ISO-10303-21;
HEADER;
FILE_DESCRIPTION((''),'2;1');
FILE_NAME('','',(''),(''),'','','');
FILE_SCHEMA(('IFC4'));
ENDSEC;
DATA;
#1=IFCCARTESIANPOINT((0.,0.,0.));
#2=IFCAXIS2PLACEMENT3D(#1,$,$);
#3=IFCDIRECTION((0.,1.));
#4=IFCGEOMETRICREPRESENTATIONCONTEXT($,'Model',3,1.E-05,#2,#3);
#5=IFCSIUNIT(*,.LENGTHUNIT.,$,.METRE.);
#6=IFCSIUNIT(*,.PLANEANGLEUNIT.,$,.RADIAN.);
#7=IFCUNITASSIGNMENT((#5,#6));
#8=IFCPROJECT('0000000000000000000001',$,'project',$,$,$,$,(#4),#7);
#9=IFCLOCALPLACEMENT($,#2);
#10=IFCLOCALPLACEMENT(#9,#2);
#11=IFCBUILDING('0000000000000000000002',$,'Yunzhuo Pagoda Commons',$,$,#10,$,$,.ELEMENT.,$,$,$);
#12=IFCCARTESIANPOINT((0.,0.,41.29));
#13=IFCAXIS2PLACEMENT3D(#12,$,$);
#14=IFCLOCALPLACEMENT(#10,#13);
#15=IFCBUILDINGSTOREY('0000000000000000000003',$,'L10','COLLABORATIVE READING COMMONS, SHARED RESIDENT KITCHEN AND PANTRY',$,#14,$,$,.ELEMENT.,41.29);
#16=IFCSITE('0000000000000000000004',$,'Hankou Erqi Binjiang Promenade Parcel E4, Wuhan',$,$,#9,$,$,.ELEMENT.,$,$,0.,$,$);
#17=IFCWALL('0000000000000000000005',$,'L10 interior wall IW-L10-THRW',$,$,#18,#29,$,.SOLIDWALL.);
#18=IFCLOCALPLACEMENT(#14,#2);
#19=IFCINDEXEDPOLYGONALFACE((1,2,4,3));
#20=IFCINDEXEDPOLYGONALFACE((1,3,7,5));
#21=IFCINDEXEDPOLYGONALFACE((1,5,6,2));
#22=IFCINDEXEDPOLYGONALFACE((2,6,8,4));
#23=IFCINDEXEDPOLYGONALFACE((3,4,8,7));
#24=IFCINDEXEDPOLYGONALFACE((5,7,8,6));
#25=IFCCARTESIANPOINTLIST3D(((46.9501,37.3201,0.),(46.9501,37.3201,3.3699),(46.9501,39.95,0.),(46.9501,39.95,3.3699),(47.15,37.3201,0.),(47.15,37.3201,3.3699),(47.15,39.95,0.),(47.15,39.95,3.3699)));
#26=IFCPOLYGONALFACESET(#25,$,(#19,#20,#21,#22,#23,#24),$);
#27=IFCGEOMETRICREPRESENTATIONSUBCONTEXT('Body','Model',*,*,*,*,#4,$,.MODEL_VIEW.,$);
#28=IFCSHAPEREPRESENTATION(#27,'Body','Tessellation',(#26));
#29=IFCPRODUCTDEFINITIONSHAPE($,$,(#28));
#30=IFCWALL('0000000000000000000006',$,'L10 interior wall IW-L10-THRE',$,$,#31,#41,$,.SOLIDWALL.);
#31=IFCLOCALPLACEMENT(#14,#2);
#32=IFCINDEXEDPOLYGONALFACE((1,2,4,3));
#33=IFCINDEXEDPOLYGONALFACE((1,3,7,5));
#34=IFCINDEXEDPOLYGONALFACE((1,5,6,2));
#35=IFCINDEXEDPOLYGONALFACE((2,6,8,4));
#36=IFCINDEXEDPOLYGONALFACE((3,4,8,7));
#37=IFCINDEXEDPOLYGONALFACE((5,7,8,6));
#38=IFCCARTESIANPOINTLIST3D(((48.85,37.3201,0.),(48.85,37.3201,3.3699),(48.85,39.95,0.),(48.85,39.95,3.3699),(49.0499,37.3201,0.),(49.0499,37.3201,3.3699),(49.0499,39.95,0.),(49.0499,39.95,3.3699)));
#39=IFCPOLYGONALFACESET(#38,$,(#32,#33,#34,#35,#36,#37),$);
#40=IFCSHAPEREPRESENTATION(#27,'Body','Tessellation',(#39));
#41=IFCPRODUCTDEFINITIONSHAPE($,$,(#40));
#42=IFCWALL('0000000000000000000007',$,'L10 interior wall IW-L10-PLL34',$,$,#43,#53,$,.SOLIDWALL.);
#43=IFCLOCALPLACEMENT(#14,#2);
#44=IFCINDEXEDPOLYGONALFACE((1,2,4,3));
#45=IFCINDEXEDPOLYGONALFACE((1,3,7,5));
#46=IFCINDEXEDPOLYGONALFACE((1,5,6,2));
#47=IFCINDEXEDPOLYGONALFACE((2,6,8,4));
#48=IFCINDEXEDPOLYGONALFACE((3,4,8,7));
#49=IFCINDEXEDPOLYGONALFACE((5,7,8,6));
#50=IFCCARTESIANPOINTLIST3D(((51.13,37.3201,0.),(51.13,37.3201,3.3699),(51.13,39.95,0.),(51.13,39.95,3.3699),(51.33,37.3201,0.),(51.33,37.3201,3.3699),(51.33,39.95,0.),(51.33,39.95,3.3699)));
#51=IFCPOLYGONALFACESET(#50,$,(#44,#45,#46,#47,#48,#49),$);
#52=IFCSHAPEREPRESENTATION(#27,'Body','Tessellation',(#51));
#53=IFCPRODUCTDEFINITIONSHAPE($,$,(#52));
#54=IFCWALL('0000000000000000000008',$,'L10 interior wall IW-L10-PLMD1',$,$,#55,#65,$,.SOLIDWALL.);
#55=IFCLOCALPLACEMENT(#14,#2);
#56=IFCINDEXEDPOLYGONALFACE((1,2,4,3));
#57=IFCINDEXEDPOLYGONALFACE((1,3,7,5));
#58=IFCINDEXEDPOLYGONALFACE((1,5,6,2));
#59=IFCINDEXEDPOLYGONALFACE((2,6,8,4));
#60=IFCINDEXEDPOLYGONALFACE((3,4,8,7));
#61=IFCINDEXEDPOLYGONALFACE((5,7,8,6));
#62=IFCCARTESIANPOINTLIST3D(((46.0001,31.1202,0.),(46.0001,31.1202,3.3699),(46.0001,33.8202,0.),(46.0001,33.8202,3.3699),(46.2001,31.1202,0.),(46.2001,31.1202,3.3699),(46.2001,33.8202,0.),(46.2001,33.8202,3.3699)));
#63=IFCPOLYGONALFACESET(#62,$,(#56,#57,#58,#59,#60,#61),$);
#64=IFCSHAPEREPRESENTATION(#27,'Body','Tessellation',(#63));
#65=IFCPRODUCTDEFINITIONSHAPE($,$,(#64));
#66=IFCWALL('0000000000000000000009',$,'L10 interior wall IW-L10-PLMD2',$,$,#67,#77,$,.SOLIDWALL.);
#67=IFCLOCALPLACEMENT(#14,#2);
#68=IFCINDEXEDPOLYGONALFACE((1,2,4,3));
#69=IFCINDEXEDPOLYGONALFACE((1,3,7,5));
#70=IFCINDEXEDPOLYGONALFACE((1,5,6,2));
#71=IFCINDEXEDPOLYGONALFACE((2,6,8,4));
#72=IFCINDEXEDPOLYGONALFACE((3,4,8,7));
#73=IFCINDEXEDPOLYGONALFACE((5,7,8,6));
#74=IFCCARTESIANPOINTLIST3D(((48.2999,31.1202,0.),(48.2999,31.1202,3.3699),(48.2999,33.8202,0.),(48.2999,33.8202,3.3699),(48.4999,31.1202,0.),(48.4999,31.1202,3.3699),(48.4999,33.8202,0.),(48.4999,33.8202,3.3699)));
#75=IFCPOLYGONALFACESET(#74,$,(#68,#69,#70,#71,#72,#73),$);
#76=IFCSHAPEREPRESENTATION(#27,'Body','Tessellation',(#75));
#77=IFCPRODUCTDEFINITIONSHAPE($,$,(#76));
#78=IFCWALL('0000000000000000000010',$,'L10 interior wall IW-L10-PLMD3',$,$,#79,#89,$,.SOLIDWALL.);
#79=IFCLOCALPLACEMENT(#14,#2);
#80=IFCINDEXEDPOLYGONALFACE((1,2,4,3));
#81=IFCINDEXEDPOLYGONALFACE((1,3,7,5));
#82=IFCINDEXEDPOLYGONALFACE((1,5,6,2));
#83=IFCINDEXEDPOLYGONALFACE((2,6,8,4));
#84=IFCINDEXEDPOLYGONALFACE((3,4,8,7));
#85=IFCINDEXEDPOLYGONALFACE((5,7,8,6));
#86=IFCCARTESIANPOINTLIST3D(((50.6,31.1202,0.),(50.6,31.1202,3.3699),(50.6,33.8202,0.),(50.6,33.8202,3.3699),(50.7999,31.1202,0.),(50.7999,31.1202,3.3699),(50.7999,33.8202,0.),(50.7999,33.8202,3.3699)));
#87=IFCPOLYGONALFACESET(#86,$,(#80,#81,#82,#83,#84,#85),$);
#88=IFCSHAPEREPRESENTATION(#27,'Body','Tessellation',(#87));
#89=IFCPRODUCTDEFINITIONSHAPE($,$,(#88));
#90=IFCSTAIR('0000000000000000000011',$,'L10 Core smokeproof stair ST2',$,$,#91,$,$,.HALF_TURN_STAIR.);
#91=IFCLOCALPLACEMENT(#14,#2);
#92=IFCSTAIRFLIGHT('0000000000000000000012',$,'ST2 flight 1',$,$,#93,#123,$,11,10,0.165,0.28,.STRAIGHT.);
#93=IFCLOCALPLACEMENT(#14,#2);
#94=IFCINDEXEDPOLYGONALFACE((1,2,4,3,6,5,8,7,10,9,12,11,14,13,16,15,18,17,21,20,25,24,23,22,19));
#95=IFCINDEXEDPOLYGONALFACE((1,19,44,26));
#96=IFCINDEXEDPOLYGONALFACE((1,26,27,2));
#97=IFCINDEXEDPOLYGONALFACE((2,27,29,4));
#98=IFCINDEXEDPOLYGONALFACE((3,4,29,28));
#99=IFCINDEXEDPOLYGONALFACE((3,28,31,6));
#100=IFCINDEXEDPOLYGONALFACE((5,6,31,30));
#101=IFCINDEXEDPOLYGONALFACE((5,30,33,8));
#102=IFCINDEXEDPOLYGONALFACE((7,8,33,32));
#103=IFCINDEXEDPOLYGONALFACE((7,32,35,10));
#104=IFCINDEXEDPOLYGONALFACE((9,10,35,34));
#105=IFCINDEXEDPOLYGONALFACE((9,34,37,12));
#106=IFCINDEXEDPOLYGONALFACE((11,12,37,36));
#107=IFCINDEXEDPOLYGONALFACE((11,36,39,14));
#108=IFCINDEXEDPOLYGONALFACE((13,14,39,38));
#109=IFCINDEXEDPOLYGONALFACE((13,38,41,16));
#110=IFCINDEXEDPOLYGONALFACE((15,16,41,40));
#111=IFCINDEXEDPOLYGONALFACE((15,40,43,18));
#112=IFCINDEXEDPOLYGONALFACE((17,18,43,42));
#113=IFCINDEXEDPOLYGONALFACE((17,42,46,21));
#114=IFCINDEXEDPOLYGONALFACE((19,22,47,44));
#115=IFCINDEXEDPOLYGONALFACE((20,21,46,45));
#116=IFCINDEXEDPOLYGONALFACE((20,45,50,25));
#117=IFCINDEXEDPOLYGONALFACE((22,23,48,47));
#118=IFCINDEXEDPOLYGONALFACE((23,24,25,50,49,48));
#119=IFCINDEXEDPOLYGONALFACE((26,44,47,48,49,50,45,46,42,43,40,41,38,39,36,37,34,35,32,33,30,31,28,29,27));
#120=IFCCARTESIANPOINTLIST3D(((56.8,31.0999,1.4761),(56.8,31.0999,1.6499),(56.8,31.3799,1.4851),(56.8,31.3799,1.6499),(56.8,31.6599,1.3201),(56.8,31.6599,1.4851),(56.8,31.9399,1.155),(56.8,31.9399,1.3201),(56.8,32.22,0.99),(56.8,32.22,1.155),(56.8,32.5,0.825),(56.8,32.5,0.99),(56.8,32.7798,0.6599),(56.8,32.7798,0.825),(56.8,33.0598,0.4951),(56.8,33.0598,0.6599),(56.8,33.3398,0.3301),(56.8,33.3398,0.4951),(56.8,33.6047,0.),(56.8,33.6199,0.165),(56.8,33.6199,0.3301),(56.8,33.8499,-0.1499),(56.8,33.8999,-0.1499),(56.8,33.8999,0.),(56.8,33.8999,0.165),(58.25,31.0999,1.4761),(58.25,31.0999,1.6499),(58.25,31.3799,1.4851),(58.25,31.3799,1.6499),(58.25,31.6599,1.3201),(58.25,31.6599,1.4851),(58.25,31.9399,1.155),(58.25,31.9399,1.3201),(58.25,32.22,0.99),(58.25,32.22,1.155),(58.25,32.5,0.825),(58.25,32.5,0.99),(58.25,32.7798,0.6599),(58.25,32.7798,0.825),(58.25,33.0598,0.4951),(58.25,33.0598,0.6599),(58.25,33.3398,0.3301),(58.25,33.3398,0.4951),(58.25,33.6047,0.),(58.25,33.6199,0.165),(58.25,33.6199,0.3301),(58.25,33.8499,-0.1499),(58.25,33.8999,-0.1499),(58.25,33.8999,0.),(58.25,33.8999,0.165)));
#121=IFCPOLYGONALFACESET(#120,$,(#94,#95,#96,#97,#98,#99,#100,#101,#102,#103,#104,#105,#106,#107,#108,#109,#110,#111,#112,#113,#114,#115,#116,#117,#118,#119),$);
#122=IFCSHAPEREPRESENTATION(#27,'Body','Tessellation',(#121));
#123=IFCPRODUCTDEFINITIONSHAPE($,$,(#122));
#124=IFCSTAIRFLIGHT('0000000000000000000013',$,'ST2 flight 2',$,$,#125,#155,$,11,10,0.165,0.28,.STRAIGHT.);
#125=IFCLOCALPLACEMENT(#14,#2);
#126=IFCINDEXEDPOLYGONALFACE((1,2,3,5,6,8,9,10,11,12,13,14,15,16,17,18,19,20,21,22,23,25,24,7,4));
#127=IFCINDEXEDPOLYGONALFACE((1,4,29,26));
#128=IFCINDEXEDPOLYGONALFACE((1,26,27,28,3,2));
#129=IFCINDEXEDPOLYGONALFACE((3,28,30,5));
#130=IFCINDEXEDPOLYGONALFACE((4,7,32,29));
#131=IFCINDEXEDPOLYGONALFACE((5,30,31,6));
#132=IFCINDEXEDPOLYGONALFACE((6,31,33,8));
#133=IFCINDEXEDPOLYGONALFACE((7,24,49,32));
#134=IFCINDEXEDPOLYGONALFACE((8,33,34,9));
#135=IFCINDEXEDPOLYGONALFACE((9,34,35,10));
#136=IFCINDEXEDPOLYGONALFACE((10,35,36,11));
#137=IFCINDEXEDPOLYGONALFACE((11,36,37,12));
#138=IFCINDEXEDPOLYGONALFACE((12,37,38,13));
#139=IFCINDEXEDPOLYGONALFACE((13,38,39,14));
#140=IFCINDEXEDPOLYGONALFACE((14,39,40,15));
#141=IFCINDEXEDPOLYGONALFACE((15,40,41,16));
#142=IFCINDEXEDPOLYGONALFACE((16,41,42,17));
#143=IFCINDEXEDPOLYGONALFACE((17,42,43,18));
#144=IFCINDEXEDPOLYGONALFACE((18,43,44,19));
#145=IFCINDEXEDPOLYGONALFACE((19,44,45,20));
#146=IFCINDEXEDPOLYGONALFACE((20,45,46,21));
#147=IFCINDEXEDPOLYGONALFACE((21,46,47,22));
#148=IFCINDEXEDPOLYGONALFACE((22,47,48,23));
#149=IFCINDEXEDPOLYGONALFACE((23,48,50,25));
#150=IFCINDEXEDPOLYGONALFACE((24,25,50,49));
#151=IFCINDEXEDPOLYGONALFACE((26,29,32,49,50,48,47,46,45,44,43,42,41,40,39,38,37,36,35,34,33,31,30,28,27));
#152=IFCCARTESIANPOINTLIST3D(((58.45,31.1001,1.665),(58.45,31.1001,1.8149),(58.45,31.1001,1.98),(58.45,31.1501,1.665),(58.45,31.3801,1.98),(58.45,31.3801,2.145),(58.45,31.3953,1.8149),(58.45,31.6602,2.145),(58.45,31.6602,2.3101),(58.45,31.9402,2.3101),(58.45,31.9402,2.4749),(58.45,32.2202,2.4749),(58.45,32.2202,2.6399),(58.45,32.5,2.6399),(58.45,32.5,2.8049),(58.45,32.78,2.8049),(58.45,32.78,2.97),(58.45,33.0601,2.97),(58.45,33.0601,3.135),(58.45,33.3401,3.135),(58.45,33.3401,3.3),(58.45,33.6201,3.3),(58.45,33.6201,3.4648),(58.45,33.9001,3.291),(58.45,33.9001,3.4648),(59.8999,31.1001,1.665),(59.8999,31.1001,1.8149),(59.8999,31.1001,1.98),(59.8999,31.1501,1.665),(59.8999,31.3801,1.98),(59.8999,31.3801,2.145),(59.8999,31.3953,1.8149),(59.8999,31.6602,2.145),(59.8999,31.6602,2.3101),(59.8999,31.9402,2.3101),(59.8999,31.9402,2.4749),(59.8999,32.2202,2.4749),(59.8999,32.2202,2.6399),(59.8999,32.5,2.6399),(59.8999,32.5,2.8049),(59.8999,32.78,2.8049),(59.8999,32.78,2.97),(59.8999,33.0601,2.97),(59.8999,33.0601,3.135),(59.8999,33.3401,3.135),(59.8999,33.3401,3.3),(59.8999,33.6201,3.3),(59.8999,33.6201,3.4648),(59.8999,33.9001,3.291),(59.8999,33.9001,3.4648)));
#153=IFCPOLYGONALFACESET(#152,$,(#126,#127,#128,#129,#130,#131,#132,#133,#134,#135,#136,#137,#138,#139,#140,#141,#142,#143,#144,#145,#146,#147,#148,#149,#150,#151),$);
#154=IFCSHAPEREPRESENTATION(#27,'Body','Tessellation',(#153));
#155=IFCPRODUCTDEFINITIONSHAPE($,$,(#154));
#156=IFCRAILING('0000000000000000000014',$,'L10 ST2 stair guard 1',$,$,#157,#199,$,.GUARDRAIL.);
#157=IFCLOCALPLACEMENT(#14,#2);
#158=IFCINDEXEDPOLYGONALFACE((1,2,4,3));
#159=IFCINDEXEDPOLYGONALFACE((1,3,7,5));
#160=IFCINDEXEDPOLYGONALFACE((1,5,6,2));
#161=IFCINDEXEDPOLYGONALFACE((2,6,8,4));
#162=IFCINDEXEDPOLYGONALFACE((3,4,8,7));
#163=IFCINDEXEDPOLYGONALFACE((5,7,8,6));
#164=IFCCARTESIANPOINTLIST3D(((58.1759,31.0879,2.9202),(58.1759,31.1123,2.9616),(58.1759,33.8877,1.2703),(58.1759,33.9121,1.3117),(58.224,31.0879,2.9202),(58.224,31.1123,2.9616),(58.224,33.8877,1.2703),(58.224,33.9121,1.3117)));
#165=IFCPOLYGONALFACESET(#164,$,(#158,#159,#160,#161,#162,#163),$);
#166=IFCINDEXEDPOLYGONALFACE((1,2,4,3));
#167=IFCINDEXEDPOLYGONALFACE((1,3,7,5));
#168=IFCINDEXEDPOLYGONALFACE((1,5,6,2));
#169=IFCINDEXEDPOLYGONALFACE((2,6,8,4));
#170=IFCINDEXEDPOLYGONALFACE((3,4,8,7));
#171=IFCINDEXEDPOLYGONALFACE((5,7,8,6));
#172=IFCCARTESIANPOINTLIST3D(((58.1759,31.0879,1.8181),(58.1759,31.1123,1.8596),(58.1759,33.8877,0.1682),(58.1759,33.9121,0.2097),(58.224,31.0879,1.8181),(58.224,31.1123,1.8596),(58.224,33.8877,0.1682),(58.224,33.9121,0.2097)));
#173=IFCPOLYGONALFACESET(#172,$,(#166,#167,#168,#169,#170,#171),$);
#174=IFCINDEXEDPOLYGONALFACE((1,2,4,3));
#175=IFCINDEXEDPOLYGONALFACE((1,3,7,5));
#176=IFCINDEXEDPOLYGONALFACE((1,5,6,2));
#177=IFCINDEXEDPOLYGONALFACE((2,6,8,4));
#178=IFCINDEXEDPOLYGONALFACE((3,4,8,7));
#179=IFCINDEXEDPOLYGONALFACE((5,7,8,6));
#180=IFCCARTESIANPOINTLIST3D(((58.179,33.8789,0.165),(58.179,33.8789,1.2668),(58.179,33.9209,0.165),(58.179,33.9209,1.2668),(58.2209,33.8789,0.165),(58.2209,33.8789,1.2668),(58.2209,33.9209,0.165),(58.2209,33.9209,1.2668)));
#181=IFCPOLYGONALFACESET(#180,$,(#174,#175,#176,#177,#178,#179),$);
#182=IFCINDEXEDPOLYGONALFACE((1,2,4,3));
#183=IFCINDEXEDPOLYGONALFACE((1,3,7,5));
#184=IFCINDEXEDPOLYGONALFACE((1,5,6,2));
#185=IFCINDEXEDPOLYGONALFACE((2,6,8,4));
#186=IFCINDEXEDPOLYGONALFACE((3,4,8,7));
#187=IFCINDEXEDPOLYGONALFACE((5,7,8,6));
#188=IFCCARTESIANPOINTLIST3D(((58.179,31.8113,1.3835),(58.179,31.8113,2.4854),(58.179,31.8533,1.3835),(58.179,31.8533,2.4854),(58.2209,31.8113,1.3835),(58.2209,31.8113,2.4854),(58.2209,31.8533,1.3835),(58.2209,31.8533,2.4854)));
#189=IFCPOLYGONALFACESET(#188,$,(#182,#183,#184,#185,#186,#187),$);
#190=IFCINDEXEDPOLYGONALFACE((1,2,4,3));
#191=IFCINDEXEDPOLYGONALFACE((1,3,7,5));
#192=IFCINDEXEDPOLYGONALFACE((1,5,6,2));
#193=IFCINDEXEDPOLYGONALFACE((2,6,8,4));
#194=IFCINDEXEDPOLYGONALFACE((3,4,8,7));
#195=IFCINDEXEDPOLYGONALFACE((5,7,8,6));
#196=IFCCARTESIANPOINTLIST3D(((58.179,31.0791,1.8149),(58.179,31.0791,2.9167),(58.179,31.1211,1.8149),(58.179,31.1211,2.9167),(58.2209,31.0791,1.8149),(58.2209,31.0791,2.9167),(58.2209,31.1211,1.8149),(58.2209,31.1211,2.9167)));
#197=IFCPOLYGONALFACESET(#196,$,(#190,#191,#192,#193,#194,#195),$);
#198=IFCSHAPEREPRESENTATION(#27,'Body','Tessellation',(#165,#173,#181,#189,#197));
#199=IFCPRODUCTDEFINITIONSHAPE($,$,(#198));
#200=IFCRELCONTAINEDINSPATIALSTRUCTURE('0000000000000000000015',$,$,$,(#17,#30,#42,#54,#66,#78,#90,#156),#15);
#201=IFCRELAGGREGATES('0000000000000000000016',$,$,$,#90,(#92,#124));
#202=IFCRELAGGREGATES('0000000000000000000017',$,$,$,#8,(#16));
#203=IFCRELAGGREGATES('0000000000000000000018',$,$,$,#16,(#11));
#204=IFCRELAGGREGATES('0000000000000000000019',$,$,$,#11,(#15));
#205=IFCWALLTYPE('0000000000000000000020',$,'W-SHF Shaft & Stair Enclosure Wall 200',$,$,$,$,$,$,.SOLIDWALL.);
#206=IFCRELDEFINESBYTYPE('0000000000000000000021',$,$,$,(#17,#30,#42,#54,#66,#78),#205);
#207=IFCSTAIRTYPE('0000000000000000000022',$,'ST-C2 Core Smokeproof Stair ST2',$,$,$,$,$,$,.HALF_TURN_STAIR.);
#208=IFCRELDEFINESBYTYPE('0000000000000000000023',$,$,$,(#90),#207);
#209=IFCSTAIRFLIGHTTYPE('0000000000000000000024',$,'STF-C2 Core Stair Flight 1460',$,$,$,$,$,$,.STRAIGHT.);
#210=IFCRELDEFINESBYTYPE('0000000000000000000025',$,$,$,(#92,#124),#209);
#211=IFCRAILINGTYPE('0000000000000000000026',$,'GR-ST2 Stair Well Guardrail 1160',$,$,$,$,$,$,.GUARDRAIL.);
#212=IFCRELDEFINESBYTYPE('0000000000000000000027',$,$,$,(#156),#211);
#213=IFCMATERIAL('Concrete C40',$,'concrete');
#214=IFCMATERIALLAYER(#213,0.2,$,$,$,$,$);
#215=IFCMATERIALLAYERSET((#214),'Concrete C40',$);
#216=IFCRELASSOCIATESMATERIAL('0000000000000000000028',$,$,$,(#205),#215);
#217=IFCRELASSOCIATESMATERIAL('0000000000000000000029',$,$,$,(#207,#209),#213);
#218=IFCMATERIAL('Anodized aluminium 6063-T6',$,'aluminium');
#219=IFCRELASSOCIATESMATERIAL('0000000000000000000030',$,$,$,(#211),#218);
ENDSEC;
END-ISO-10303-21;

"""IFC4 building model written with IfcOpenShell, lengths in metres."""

from ifc_helpers import new_model, si_unit, direction, frame, frame_2d, origin, origin_2d, place, context, subcontext, project, spatial, polyline, rectangle, outline, extrude, source, transform, mapped, material, layer, layer_set, type_object, element, aggregate, save


model = new_model("IFC4")

# Units and contexts
model_context = context("Model", 3, precision=1e-05, world=origin(), true_north=direction((0.0, 1.0)))
body_context = subcontext(model_context, "Body", "Model", "MODEL_VIEW")
ifc_project = project(units=[si_unit("LENGTHUNIT", "METRE"), si_unit("PLANEANGLEUNIT", "RADIAN")], contexts=[model_context])

# Site, building, storey
site_placement = place(None, origin())
site = spatial("IfcSite", under=ifc_project, at=site_placement, Name="Hankou Erqi Binjiang Promenade Parcel E4, Wuhan", CompositionType="ELEMENT", RefElevation=0.0)
building_placement = place(site_placement, origin())
building = spatial("IfcBuilding", under=site, at=building_placement, Name="Yunzhuo Pagoda Commons", CompositionType="ELEMENT")
storey_placement = place(building_placement, frame((0.0, 0.0, 41.29)))
storey = spatial("IfcBuildingStorey", under=building, at=storey_placement, Name="L10", Description="COLLABORATIVE READING COMMONS, SHARED RESIDENT KITCHEN AND PANTRY", CompositionType="ELEMENT", Elevation=41.29)

# Shared definitions
ifc_material_1 = material(Name="Concrete C40", Category="concrete")
ifc_layer_1 = layer(ifc_material_1, 0.2)
ifc_layer_set_1 = layer_set([ifc_layer_1], Name="Concrete C40")
wall_type_1 = type_object("IfcWallType", Name="W-SHF Shaft & Stair Enclosure Wall 200", PredefinedType="SOLIDWALL", material=ifc_layer_set_1)

# Walls
for number, where, z_axis, x_axis, name in (
    (1, (47.05, 37.3201, 0.0), (0.0, 0.0, 1.0), (0.0, 1.0, 0.0), "L10 interior wall IW-L10-THRW"),
    (2, (48.95, 37.3201, 0.0), (0.0, 0.0, 1.0), (0.0, 1.0, 0.0), "L10 interior wall IW-L10-THRE"),
    (3, (51.23, 37.3201, 0.0), (0.0, 0.0, 1.0), (0.0, 1.0, 0.0), "L10 interior wall IW-L10-PLL34"),
):
    element("IfcWall", number, at=place(storey_placement, frame(where, z_axis=z_axis, x_axis=x_axis)), inside=storey, type_object=wall_type_1, Name=name, PredefinedType="SOLIDWALL", context=body_context, shape_type="SweptSolid", body=[
        extrude(rectangle(XDim=2.6299, YDim=0.2, at=frame_2d((1.3149, 0.0))), origin(), (0.0, 0.0, 1.0), 3.3699),
    ])
for number, where, z_axis, x_axis, name in (
    (4, (46.1001, 31.1201, 0.0), (0.0, 0.0, 1.0), (0.0, 1.0, 0.0), "L10 interior wall IW-L10-PLMD1"),
    (5, (48.3999, 31.1201, 0.0), (0.0, 0.0, 1.0), (0.0, 1.0, 0.0), "L10 interior wall IW-L10-PLMD2"),
    (6, (50.7, 31.1201, 0.0), (0.0, 0.0, 1.0), (0.0, 1.0, 0.0), "L10 interior wall IW-L10-PLMD3"),
):
    element("IfcWall", number, at=place(storey_placement, frame(where, z_axis=z_axis, x_axis=x_axis)), inside=storey, type_object=wall_type_1, Name=name, PredefinedType="SOLIDWALL", context=body_context, shape_type="SweptSolid", body=[
        extrude(rectangle(XDim=2.7, YDim=0.2, at=frame_2d((1.3501, 0.0))), origin(), (0.0, 0.0, 1.0), 3.3699),
    ])

# Stair, stair flights
stair_type = type_object("IfcStairType", Name="ST-C2 Core Smokeproof Stair ST2", PredefinedType="HALF_TURN_STAIR", material=ifc_material_1)
stair_placement = place(storey_placement, origin())
stair = element("IfcStair", 7, at=stair_placement, inside=storey, type_object=stair_type, Name="L10 Core smokeproof stair ST2", PredefinedType="HALF_TURN_STAIR")
stair_flight_type = type_object("IfcStairFlightType", Name="STF-C2 Core Stair Flight 1460", PredefinedType="STRAIGHT", material=ifc_material_1)
shared_shape_1 = source(origin(), body_context, "Body", "SweptSolid", [
    extrude(outline(polyline([(0.0, -0.1499), (0.0, 0.0), (0.0, 0.165), (0.28, 0.165), (0.28, 0.3301), (0.5601, 0.3301), (0.5601, 0.4951), (0.8401, 0.4951), (0.8401, 0.6599), (1.1201, 0.6599), (1.1201, 0.825), (1.3999, 0.825), (1.3999, 0.99), (1.6799, 0.99), (1.6799, 1.155), (1.96, 1.155), (1.96, 1.3201), (2.24, 1.3201), (2.24, 1.4851), (2.52, 1.4851), (2.52, 1.6499), (2.8, 1.6499), (2.8, 1.8149), (2.8, 1.4761), (0.2952, 0.0), (0.05, -0.1499), (0.0, -0.1499)])), frame((0.0, 0.7251, 0.0), z_axis=(0.0, -1.0, 0.0), x_axis=(1.0, 0.0, 0.0)), (0.0, 0.0, 1.0), 1.45),
])
stair_flight_1_placement = place(storey_placement, frame((57.5249, 33.8999, 0.0), z_axis=(0.0, 0.0, 1.0), x_axis=(0.0, -1.0, 0.0)))
stair_flight_1 = element("IfcStairFlight", 8, at=stair_flight_1_placement, type_object=stair_flight_type, Name="ST2 flight 1", NumberOfRisers=11, NumberOfTreads=10, PredefinedType="STRAIGHT", RiserHeight=0.165, TreadLength=0.28, context=body_context, shape_type="MappedRepresentation", body=[
    mapped(shared_shape_1, transform((0.0, 0.0, 0.0), scale=1.0)),
])
stair_flight_2_placement = place(storey_placement, frame((59.175, 31.1001, 1.8149), z_axis=(0.0, 0.0, 1.0), x_axis=(0.0, 1.0, 0.0)))
stair_flight_2 = element("IfcStairFlight", 9, at=stair_flight_2_placement, type_object=stair_flight_type, Name="ST2 flight 2", NumberOfRisers=11, NumberOfTreads=10, PredefinedType="STRAIGHT", RiserHeight=0.165, TreadLength=0.28, context=body_context, shape_type="MappedRepresentation", body=[
    mapped(shared_shape_1, transform((0.0, 0.0, 0.0), scale=1.0)),
])
aggregate(stair, [stair_flight_1, stair_flight_2])

# Railing
ifc_material_2 = material(Name="Anodized aluminium 6063-T6", Category="aluminium")
railing_type_1 = type_object("IfcRailingType", Name="GR-ST2 Stair Well Guardrail 1160", PredefinedType="GUARDRAIL", material=ifc_material_2)
railing_1_placement = place(storey_placement, frame((58.2, 33.8999, 0.165)))
element("IfcRailing", 10, at=railing_1_placement, inside=storey, type_object=railing_type_1, Name="L10 ST2 stair guard 1", PredefinedType="GUARDRAIL", context=body_context, shape_type="SweptSolid", body=[
    extrude(rectangle(XDim=0.0481, YDim=0.0481, at=origin_2d()), frame((0.0, 0.0, 1.126), z_axis=(0.0, -0.861536, 0.507696), x_axis=(1.0, 0.0, 0.0)), (0.0, 0.0, 1.0), 3.2498),
    extrude(rectangle(XDim=0.0481, YDim=0.0481, at=origin_2d()), frame((0.0, 0.0, 0.0239), z_axis=(0.0, -0.861536, 0.507696), x_axis=(1.0, 0.0, 0.0)), (0.0, 0.0, 1.0), 3.2498),
    extrude(rectangle(XDim=0.042, YDim=0.042, at=origin_2d()), origin(), (0.0, 0.0, 1.0), 1.1018),
    extrude(rectangle(XDim=0.042, YDim=0.042, at=origin_2d()), frame((0.0, -2.0676, 1.2185)), (0.0, 0.0, 1.0), 1.1018),
    extrude(rectangle(XDim=0.042, YDim=0.042, at=origin_2d()), frame((0.0, -2.7998, 1.6499)), (0.0, 0.0, 1.0), 1.1018),
])

save(model, "model.ifc")
